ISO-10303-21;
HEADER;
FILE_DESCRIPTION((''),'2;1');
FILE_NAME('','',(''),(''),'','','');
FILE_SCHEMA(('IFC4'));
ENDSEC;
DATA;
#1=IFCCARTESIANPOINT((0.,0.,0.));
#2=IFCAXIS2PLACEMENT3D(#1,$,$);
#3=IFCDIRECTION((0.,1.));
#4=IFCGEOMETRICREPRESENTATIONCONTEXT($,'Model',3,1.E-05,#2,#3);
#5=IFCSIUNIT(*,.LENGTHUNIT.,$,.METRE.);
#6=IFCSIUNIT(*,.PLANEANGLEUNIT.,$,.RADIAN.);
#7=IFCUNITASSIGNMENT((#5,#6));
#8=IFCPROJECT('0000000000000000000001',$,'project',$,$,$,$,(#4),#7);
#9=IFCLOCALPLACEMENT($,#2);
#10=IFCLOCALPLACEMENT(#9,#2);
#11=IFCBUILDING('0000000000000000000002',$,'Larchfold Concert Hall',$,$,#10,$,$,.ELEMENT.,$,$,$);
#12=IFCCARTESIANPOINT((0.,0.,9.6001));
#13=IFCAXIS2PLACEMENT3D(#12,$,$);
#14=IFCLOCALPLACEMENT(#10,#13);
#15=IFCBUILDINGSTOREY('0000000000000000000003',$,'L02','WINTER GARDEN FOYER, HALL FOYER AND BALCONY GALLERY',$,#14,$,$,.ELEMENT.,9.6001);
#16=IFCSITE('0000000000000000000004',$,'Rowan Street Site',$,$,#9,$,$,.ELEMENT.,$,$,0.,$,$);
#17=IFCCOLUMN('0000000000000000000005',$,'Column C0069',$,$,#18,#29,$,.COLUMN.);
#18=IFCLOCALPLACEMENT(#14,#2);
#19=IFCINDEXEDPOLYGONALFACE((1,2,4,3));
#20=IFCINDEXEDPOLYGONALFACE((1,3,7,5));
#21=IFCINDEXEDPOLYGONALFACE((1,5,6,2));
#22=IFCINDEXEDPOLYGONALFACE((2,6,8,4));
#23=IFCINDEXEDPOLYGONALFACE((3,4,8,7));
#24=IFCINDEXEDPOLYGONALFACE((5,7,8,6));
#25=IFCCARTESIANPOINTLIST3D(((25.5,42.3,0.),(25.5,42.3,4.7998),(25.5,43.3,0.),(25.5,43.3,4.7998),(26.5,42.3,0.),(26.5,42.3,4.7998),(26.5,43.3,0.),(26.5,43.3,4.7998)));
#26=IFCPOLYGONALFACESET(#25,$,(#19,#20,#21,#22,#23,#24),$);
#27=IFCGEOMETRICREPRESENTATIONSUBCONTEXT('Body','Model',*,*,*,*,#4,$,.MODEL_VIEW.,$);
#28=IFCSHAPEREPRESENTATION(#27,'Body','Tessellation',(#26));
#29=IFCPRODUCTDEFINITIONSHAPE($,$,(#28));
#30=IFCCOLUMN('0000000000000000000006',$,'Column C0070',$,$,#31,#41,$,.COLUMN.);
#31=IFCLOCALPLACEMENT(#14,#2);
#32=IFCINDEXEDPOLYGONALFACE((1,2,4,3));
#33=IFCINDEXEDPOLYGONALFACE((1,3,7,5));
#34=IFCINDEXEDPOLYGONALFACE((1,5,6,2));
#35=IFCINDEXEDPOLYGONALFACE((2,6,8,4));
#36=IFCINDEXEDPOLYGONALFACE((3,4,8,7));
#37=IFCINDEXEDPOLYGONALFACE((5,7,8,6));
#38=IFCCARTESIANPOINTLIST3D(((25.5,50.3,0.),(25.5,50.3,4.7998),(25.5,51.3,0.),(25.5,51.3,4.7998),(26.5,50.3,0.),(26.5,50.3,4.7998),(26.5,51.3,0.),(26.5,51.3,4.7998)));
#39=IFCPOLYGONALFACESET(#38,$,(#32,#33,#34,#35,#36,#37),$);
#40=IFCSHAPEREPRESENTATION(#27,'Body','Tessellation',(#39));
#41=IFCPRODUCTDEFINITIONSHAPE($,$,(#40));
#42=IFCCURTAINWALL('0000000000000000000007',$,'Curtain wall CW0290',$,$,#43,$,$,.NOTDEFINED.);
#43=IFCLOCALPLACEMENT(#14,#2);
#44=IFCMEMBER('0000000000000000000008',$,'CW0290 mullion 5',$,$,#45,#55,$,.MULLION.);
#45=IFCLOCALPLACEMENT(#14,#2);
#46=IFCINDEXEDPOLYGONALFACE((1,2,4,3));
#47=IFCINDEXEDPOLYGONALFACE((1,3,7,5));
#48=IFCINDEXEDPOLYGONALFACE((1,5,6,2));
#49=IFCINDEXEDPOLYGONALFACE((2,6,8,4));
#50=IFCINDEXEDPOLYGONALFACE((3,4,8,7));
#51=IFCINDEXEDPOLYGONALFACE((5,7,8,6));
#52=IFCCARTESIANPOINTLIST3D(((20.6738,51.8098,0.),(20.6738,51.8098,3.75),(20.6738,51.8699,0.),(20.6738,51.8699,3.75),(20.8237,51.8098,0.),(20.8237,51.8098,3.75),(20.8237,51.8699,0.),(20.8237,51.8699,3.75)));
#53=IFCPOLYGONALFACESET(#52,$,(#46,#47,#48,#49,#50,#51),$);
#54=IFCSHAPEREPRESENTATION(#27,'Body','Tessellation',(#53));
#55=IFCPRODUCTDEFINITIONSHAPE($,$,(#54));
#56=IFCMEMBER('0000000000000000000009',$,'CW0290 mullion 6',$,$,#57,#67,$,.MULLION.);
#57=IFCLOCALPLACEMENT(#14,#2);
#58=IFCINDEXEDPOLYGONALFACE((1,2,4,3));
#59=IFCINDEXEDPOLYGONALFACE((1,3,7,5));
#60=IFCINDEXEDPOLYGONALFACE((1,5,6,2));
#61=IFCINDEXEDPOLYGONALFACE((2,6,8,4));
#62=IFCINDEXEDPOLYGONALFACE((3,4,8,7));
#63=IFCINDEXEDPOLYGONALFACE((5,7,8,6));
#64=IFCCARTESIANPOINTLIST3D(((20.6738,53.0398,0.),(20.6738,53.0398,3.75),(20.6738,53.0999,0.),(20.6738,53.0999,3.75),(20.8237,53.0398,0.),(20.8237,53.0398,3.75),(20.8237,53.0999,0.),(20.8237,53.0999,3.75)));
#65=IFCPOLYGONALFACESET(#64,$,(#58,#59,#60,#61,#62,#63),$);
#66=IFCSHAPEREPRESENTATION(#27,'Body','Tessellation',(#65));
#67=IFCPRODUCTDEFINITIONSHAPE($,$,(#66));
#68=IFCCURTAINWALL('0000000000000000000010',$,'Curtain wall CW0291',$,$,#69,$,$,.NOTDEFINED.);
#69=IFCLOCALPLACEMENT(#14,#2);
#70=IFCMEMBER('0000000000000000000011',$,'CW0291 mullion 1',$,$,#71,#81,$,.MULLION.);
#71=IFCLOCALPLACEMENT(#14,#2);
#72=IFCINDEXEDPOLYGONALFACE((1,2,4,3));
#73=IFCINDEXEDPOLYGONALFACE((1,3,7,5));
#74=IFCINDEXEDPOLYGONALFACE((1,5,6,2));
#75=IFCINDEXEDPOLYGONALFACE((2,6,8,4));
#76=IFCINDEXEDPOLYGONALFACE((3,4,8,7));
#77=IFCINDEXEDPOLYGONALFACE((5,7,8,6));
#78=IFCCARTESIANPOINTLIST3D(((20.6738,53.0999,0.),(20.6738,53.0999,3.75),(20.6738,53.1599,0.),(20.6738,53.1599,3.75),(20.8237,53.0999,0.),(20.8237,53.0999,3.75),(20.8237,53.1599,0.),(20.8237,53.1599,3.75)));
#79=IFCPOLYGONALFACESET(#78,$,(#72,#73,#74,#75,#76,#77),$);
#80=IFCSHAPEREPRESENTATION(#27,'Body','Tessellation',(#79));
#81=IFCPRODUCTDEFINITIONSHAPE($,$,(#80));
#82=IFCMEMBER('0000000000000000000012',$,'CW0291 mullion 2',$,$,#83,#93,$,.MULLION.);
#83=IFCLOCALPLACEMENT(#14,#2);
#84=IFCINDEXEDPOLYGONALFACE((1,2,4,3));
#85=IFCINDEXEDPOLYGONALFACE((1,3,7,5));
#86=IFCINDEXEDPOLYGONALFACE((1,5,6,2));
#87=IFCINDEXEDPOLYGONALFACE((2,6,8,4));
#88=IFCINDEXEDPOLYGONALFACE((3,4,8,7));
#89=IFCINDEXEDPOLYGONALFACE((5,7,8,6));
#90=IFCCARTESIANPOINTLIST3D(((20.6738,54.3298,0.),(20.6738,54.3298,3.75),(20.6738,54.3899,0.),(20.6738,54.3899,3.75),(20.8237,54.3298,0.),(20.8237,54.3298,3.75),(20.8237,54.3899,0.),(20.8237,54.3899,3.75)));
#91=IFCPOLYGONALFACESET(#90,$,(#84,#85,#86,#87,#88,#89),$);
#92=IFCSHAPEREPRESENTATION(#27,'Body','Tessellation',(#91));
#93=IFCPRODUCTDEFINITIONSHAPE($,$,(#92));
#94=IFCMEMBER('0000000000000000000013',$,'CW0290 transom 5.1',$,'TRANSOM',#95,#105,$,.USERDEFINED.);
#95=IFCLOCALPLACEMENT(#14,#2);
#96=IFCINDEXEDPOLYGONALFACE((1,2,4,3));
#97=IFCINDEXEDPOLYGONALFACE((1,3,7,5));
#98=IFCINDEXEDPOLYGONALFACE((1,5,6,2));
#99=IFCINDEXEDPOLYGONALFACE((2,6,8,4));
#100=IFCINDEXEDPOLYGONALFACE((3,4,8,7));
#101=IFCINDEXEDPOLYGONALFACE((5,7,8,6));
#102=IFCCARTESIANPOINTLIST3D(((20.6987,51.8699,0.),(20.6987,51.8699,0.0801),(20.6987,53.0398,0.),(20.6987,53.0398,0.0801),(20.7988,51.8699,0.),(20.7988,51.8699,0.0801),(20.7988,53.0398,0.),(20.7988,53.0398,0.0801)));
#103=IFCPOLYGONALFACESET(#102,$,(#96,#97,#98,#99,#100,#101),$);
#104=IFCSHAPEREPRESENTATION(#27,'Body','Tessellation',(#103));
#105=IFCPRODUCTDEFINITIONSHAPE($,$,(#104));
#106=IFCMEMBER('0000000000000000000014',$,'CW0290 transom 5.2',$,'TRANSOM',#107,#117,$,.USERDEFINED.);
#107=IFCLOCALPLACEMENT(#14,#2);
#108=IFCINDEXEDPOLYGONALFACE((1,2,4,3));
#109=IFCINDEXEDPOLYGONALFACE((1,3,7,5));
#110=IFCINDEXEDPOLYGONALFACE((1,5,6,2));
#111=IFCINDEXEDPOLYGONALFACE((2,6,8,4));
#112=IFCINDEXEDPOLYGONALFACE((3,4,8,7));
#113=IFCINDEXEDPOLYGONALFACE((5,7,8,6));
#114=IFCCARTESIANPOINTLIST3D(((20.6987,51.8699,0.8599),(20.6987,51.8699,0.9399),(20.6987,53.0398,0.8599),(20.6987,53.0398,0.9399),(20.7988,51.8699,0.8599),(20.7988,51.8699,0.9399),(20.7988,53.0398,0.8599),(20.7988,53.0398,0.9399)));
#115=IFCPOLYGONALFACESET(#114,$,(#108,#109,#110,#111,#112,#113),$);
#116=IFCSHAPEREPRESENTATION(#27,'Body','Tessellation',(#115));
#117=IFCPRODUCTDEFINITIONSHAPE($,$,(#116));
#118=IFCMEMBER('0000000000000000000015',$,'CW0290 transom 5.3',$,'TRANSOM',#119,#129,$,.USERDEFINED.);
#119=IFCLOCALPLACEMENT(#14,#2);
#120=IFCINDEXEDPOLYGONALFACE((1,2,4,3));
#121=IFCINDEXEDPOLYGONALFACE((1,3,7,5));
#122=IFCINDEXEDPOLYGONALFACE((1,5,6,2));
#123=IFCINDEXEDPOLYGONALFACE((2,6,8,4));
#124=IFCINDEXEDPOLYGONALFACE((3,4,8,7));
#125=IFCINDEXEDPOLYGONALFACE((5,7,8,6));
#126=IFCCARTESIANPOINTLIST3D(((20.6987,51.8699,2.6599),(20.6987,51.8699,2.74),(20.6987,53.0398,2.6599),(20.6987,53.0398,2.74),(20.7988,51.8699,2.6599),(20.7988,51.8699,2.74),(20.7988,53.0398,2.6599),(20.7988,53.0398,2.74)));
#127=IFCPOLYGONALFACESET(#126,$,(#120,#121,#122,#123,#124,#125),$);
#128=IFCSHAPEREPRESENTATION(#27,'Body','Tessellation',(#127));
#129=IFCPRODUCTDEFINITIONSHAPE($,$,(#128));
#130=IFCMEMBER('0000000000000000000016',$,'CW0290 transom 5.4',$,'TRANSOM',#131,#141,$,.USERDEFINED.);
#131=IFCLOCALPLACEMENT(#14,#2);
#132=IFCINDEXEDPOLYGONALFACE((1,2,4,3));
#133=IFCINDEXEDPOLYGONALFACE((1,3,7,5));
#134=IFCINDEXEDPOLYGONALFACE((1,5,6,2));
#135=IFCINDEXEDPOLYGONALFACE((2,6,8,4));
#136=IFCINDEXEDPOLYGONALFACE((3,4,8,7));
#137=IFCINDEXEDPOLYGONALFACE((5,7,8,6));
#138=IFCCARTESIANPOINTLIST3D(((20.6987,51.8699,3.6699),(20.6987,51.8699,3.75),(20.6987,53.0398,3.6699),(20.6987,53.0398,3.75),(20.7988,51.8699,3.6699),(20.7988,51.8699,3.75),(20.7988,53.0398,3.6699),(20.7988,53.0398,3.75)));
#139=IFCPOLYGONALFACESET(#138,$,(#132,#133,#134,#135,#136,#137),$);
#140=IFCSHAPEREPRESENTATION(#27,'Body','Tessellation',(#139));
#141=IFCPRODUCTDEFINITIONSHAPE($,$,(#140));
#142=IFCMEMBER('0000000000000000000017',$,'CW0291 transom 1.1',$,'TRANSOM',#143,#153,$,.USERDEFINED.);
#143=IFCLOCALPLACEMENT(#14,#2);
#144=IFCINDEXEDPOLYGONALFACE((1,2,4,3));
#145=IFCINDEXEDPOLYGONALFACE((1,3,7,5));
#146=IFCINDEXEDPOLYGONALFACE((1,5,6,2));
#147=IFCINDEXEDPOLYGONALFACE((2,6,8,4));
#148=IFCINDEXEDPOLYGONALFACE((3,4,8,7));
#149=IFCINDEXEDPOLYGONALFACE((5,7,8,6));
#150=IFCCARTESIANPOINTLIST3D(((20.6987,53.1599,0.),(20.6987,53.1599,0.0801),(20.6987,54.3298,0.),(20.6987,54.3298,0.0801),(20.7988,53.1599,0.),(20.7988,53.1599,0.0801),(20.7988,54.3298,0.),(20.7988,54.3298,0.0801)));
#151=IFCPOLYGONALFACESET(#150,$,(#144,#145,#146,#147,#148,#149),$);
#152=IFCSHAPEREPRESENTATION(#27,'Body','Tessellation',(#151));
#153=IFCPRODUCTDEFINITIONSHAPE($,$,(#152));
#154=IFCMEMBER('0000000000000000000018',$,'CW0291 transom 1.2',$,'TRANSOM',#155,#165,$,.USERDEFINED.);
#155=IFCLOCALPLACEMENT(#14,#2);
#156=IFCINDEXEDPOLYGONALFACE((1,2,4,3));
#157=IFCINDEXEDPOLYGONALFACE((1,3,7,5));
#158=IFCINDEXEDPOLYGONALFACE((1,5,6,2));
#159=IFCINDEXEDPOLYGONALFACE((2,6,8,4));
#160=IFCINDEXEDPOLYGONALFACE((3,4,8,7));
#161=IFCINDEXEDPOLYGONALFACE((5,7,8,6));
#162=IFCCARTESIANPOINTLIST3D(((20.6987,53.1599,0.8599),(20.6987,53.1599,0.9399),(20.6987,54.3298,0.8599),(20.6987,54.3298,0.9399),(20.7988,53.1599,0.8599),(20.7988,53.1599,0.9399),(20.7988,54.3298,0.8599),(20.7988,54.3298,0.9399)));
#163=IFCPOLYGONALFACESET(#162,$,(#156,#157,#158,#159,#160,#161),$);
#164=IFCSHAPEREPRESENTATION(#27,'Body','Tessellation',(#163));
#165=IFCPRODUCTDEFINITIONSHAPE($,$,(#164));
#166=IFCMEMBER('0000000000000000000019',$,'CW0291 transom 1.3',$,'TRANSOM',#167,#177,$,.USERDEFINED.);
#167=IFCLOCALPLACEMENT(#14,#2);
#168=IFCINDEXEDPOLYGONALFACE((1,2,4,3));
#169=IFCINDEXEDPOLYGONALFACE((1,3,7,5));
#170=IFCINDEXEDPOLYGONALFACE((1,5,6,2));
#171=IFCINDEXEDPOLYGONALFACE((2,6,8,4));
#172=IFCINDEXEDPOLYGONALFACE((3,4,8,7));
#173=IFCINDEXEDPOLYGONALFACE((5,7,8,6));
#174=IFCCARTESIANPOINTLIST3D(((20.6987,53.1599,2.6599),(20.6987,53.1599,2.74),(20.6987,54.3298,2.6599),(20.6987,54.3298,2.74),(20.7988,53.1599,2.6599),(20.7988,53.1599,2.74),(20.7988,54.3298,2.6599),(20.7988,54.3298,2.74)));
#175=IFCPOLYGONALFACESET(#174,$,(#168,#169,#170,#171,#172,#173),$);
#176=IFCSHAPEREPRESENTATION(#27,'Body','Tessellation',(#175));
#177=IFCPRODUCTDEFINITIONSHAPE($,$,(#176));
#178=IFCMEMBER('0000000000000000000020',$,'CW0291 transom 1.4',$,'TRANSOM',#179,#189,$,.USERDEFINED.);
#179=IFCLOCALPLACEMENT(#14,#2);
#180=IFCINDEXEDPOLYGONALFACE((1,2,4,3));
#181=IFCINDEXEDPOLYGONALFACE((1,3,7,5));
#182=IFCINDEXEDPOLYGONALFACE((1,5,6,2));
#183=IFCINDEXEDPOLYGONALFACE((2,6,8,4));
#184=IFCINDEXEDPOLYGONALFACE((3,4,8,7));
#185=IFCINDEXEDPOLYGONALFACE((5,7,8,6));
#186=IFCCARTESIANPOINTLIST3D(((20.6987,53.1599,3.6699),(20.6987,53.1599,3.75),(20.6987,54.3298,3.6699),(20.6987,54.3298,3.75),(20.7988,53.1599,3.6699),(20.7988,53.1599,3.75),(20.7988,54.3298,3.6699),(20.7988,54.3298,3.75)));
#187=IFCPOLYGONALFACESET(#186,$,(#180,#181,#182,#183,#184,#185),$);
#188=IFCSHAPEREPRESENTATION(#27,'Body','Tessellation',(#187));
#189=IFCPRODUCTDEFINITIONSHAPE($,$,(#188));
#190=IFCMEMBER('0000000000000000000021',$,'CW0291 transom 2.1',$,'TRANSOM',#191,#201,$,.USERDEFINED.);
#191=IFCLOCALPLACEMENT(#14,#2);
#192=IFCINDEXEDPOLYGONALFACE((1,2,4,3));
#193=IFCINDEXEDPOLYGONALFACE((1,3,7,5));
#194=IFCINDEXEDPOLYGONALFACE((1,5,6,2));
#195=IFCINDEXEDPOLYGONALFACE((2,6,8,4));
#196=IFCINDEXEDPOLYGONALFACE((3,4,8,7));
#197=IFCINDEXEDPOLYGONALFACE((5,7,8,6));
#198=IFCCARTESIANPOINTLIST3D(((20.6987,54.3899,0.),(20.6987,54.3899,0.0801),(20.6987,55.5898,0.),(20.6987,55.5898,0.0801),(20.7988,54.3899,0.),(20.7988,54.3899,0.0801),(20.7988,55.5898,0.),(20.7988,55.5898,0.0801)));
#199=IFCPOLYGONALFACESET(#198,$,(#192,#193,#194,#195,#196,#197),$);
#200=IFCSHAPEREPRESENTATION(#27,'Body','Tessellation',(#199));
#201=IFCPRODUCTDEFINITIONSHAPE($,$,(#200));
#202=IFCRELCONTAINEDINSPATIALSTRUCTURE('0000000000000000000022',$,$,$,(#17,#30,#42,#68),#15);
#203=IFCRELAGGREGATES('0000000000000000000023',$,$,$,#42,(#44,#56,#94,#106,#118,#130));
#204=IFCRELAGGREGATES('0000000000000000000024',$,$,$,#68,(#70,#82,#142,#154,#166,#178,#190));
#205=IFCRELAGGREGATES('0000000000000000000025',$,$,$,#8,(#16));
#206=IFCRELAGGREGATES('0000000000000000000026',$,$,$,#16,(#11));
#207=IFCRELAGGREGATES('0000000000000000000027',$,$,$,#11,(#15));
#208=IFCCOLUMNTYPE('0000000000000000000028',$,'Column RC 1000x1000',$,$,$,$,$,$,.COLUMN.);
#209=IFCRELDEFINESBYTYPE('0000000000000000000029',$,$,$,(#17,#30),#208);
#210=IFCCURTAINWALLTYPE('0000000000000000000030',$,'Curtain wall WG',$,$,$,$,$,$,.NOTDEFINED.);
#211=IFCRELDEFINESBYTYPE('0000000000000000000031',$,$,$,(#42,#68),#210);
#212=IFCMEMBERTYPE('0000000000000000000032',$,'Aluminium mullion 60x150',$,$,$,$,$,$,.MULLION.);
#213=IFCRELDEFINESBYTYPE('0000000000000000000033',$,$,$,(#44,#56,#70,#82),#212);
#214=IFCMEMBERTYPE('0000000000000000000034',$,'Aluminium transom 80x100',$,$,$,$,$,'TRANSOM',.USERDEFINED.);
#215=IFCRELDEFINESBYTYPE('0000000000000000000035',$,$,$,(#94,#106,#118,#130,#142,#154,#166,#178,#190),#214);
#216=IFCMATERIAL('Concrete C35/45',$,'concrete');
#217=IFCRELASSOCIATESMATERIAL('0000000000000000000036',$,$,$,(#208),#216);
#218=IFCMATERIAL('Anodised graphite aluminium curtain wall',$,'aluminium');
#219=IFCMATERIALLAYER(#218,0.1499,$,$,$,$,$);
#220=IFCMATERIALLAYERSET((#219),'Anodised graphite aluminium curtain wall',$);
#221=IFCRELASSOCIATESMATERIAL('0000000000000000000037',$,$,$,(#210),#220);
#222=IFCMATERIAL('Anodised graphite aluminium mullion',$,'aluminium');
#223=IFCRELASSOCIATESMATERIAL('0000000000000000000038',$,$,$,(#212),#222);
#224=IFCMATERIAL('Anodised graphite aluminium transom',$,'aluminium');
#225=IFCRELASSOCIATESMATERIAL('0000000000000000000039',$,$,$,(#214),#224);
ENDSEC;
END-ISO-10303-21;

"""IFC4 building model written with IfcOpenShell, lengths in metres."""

from ifc_helpers import new_model, si_unit, direction, frame, origin, origin_2d, place, context, subcontext, project, spatial, rectangle, extrude, material, layer, layer_set, material_profile, profile_set, type_object, element, aggregate, save


model = new_model("IFC4")

# Units and contexts
model_context = context("Model", 3, precision=1e-05, world=origin(), true_north=direction((0.0, 1.0)))
body_context = subcontext(model_context, "Body", "Model", "MODEL_VIEW")
ifc_project = project(units=[si_unit("LENGTHUNIT", "METRE"), si_unit("PLANEANGLEUNIT", "RADIAN")], contexts=[model_context])

# Site, building, storey
site_placement = place(None, origin())
site = spatial("IfcSite", under=ifc_project, at=site_placement, Name="Rowan Street Site", CompositionType="ELEMENT", RefElevation=0.0)
building_placement = place(site_placement, origin())
building = spatial("IfcBuilding", under=site, at=building_placement, Name="Larchfold Concert Hall", CompositionType="ELEMENT")
storey_placement = place(building_placement, frame((0.0, 0.0, 9.6001)))
storey = spatial("IfcBuildingStorey", under=building, at=storey_placement, Name="L02", Description="WINTER GARDEN FOYER, HALL FOYER AND BALCONY GALLERY", CompositionType="ELEMENT", Elevation=9.6001)

# Columns
ifc_material_1 = material(Name="Concrete C35/45", Category="concrete")
ifc_material_profile_1 = material_profile(ifc_material_1, rectangle(XDim=1.0, YDim=1.0, at=origin_2d()))
ifc_profile_set_1 = profile_set([ifc_material_profile_1], Name="Concrete C35/45")
column_type = type_object("IfcColumnType", Name="Column RC 1000x1000", PredefinedType="COLUMN", material=ifc_profile_set_1)
for number, where, z_axis, x_axis, name in (
    (1, (26.0, 42.8, 0.0), (0.0, 0.0, 1.0), (1.0, 0.0, 0.0), "Column C0069"),
    (2, (26.0, 50.8, 0.0), (0.0, 0.0, 1.0), (1.0, 0.0, 0.0), "Column C0070"),
):
    element("IfcColumn", number, at=place(storey_placement, frame(where, z_axis=z_axis, x_axis=x_axis)), inside=storey, type_object=column_type, Name=name, PredefinedType="COLUMN", context=body_context, shape_type="SweptSolid", body=[
        extrude(rectangle(XDim=1.0, YDim=1.0, at=origin_2d()), origin(), (0.0, 0.0, 1.0), 4.7998),
    ])

# Curtain walls, members
ifc_material_2 = material(Name="Anodised graphite aluminium curtain wall", Category="aluminium")
ifc_layer_1 = layer(ifc_material_2, 0.1499)
ifc_layer_set_1 = layer_set([ifc_layer_1], Name="Anodised graphite aluminium curtain wall")
curtain_wall_type = type_object("IfcCurtainWallType", Name="Curtain wall WG", PredefinedType="NOTDEFINED", material=ifc_layer_set_1)
curtain_wall_1_placement = place(storey_placement, origin())
curtain_wall_1 = element("IfcCurtainWall", 3, at=curtain_wall_1_placement, inside=storey, type_object=curtain_wall_type, Name="Curtain wall CW0290", PredefinedType="NOTDEFINED")
ifc_material_3 = material(Name="Anodised graphite aluminium mullion", Category="aluminium")
ifc_material_profile_2 = material_profile(ifc_material_3, rectangle(XDim=0.1499, YDim=0.0601, at=origin_2d()))
ifc_profile_set_2 = profile_set([ifc_material_profile_2], Name="Anodised graphite aluminium mullion")
member_type_1 = type_object("IfcMemberType", Name="Aluminium mullion 60x150", PredefinedType="MULLION", material=ifc_profile_set_2)
member_1_placement = place(storey_placement, frame((20.7488, 51.8398, 0.0), z_axis=(0.0, 0.0, 1.0), x_axis=(-1.0, 0.0, 0.0)))
member_1 = element("IfcMember", 4, at=member_1_placement, type_object=member_type_1, Name="CW0290 mullion 5", PredefinedType="MULLION", context=body_context, shape_type="SweptSolid", body=[
    extrude(rectangle(XDim=0.1499, YDim=0.0601, at=origin_2d()), origin(), (0.0, 0.0, 1.0), 3.75),
])
member_2_placement = place(storey_placement, frame((20.7488, 53.0698, 0.0), z_axis=(0.0, 0.0, 1.0), x_axis=(-1.0, 0.0, 0.0)))
member_2 = element("IfcMember", 5, at=member_2_placement, type_object=member_type_1, Name="CW0290 mullion 6", PredefinedType="MULLION", context=body_context, shape_type="SweptSolid", body=[
    extrude(rectangle(XDim=0.1499, YDim=0.0601, at=origin_2d()), origin(), (0.0, 0.0, 1.0), 3.75),
])
curtain_wall_2_placement = place(storey_placement, origin())
curtain_wall_2 = element("IfcCurtainWall", 6, at=curtain_wall_2_placement, inside=storey, type_object=curtain_wall_type, Name="Curtain wall CW0291", PredefinedType="NOTDEFINED")
member_3_placement = place(storey_placement, frame((20.7488, 53.1299, 0.0), z_axis=(0.0, 0.0, 1.0), x_axis=(-1.0, 0.0, 0.0)))
member_3 = element("IfcMember", 7, at=member_3_placement, type_object=member_type_1, Name="CW0291 mullion 1", PredefinedType="MULLION", context=body_context, shape_type="SweptSolid", body=[
    extrude(rectangle(XDim=0.1499, YDim=0.0601, at=origin_2d()), origin(), (0.0, 0.0, 1.0), 3.75),
])
member_4_placement = place(storey_placement, frame((20.7488, 54.3599, 0.0), z_axis=(0.0, 0.0, 1.0), x_axis=(-1.0, 0.0, 0.0)))
member_4 = element("IfcMember", 8, at=member_4_placement, type_object=member_type_1, Name="CW0291 mullion 2", PredefinedType="MULLION", context=body_context, shape_type="SweptSolid", body=[
    extrude(rectangle(XDim=0.1499, YDim=0.0601, at=origin_2d()), origin(), (0.0, 0.0, 1.0), 3.75),
])

# Members
ifc_material_4 = material(Name="Anodised graphite aluminium transom", Category="aluminium")
ifc_material_profile_3 = material_profile(ifc_material_4, rectangle(XDim=0.1001, YDim=0.0801, at=origin_2d()))
ifc_profile_set_3 = profile_set([ifc_material_profile_3], Name="Anodised graphite aluminium transom")
member_type_2 = type_object("IfcMemberType", Name="Aluminium transom 80x100", ElementType="TRANSOM", PredefinedType="USERDEFINED", material=ifc_profile_set_3)
member_5_placement = place(storey_placement, frame((20.7488, 51.8699, 0.04), z_axis=(0.0, 1.0, 0.0), x_axis=(-1.0, 0.0, 0.0)))
member_5 = element("IfcMember", 9, at=member_5_placement, type_object=member_type_2, Name="CW0290 transom 5.1", ObjectType="TRANSOM", PredefinedType="USERDEFINED", context=body_context, shape_type="SweptSolid", body=[
    extrude(rectangle(XDim=0.1001, YDim=0.0801, at=origin_2d()), origin(), (0.0, 0.0, 1.0), 1.1699),
])
member_6_placement = place(storey_placement, frame((20.7488, 51.8699, 0.8999), z_axis=(0.0, 1.0, 0.0), x_axis=(-1.0, 0.0, 0.0)))
member_6 = element("IfcMember", 10, at=member_6_placement, type_object=member_type_2, Name="CW0290 transom 5.2", ObjectType="TRANSOM", PredefinedType="USERDEFINED", context=body_context, shape_type="SweptSolid", body=[
    extrude(rectangle(XDim=0.1001, YDim=0.0801, at=origin_2d()), origin(), (0.0, 0.0, 1.0), 1.1699),
])
member_7_placement = place(storey_placement, frame((20.7488, 51.8699, 2.7), z_axis=(0.0, 1.0, 0.0), x_axis=(-1.0, 0.0, 0.0)))
member_7 = element("IfcMember", 11, at=member_7_placement, type_object=member_type_2, Name="CW0290 transom 5.3", ObjectType="TRANSOM", PredefinedType="USERDEFINED", context=body_context, shape_type="SweptSolid", body=[
    extrude(rectangle(XDim=0.1001, YDim=0.0801, at=origin_2d()), origin(), (0.0, 0.0, 1.0), 1.1699),
])
member_8_placement = place(storey_placement, frame((20.7488, 51.8699, 3.71), z_axis=(0.0, 1.0, 0.0), x_axis=(-1.0, 0.0, 0.0)))
member_8 = element("IfcMember", 12, at=member_8_placement, type_object=member_type_2, Name="CW0290 transom 5.4", ObjectType="TRANSOM", PredefinedType="USERDEFINED", context=body_context, shape_type="SweptSolid", body=[
    extrude(rectangle(XDim=0.1001, YDim=0.0801, at=origin_2d()), origin(), (0.0, 0.0, 1.0), 1.1699),
])
member_9_placement = place(storey_placement, frame((20.7488, 53.1599, 0.04), z_axis=(0.0, 1.0, 0.0), x_axis=(-1.0, 0.0, 0.0)))
member_9 = element("IfcMember", 13, at=member_9_placement, type_object=member_type_2, Name="CW0291 transom 1.1", ObjectType="TRANSOM", PredefinedType="USERDEFINED", context=body_context, shape_type="SweptSolid", body=[
    extrude(rectangle(XDim=0.1001, YDim=0.0801, at=origin_2d()), origin(), (0.0, 0.0, 1.0), 1.1699),
])
member_10_placement = place(storey_placement, frame((20.7488, 53.1599, 0.8999), z_axis=(0.0, 1.0, 0.0), x_axis=(-1.0, 0.0, 0.0)))
member_10 = element("IfcMember", 14, at=member_10_placement, type_object=member_type_2, Name="CW0291 transom 1.2", ObjectType="TRANSOM", PredefinedType="USERDEFINED", context=body_context, shape_type="SweptSolid", body=[
    extrude(rectangle(XDim=0.1001, YDim=0.0801, at=origin_2d()), origin(), (0.0, 0.0, 1.0), 1.1699),
])
member_11_placement = place(storey_placement, frame((20.7488, 53.1599, 2.7), z_axis=(0.0, 1.0, 0.0), x_axis=(-1.0, 0.0, 0.0)))
member_11 = element("IfcMember", 15, at=member_11_placement, type_object=member_type_2, Name="CW0291 transom 1.3", ObjectType="TRANSOM", PredefinedType="USERDEFINED", context=body_context, shape_type="SweptSolid", body=[
    extrude(rectangle(XDim=0.1001, YDim=0.0801, at=origin_2d()), origin(), (0.0, 0.0, 1.0), 1.1699),
])
member_12_placement = place(storey_placement, frame((20.7488, 53.1599, 3.71), z_axis=(0.0, 1.0, 0.0), x_axis=(-1.0, 0.0, 0.0)))
member_12 = element("IfcMember", 16, at=member_12_placement, type_object=member_type_2, Name="CW0291 transom 1.4", ObjectType="TRANSOM", PredefinedType="USERDEFINED", context=body_context, shape_type="SweptSolid", body=[
    extrude(rectangle(XDim=0.1001, YDim=0.0801, at=origin_2d()), origin(), (0.0, 0.0, 1.0), 1.1699),
])
member_13_placement = place(storey_placement, frame((20.7488, 54.3899, 0.04), z_axis=(0.0, 1.0, 0.0), x_axis=(-1.0, 0.0, 0.0)))
member_13 = element("IfcMember", 17, at=member_13_placement, type_object=member_type_2, Name="CW0291 transom 2.1", ObjectType="TRANSOM", PredefinedType="USERDEFINED", context=body_context, shape_type="SweptSolid", body=[
    extrude(rectangle(XDim=0.1001, YDim=0.0801, at=origin_2d()), origin(), (0.0, 0.0, 1.0), 1.2),
])

aggregate(curtain_wall_1, [member_1, member_2, member_5, member_6, member_7, member_8])
aggregate(curtain_wall_2, [member_3, member_4, member_9, member_10, member_11, member_12, member_13])

save(model, "model.ifc")
